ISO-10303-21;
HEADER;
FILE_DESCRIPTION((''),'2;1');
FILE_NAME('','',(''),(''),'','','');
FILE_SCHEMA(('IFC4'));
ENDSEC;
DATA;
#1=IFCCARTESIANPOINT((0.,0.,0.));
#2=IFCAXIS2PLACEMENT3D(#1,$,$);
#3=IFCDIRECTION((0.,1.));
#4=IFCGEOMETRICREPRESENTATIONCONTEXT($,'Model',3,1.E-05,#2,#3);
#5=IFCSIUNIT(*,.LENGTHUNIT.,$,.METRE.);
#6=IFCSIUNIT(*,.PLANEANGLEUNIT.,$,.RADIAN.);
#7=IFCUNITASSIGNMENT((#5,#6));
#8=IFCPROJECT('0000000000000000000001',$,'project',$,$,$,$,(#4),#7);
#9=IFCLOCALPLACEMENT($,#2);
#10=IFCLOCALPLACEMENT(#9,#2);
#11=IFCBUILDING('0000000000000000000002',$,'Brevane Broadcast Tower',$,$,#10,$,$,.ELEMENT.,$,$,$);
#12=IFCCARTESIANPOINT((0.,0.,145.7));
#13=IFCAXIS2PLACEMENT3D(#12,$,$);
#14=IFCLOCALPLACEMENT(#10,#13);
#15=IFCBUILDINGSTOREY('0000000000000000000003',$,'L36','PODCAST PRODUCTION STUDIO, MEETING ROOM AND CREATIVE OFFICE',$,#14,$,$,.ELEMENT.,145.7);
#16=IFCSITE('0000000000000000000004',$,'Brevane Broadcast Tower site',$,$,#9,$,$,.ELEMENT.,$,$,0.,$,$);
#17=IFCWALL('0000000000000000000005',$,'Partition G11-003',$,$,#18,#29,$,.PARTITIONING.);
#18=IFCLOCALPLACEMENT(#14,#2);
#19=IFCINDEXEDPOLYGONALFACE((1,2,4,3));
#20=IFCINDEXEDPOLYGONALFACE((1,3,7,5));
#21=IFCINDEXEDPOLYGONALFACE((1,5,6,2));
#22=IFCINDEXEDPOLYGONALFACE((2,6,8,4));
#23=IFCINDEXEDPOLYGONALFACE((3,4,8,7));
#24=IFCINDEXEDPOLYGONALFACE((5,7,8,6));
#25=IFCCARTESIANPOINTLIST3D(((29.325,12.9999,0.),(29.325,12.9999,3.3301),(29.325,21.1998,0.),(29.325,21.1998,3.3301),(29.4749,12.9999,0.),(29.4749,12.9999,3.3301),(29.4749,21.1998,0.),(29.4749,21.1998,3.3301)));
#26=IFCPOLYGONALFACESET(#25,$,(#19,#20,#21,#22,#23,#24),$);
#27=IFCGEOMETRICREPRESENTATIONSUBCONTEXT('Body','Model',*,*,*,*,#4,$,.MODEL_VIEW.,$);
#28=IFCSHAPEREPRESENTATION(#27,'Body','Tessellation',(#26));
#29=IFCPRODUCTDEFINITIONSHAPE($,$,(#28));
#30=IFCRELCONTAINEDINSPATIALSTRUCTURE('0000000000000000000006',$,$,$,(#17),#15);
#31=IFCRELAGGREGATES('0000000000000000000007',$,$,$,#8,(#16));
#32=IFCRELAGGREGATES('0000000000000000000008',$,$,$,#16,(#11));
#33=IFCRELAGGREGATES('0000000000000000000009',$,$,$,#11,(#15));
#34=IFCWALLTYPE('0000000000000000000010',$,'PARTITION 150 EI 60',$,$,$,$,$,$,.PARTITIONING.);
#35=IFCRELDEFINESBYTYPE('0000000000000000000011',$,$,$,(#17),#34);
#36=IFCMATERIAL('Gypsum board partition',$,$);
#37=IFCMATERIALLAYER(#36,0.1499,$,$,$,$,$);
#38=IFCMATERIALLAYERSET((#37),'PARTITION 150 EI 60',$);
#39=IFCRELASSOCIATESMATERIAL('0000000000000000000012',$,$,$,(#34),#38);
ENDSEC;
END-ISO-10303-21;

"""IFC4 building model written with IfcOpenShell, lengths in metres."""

from ifc_helpers import new_model, si_unit, direction, frame, frame_2d, origin, place, context, subcontext, project, spatial, rectangle, extrude, material, layer, layer_set, type_object, element, save


model = new_model("IFC4")

# Units and contexts
model_context = context("Model", 3, precision=1e-05, world=origin(), true_north=direction((0.0, 1.0)))
body_context = subcontext(model_context, "Body", "Model", "MODEL_VIEW")
ifc_project = project(units=[si_unit("LENGTHUNIT", "METRE"), si_unit("PLANEANGLEUNIT", "RADIAN")], contexts=[model_context])

# Site, building, storey
site_placement = place(None, origin())
site = spatial("IfcSite", under=ifc_project, at=site_placement, Name="Brevane Broadcast Tower site", CompositionType="ELEMENT", RefElevation=0.0)
building_placement = place(site_placement, origin())
building = spatial("IfcBuilding", under=site, at=building_placement, Name="Brevane Broadcast Tower", CompositionType="ELEMENT")
storey_placement = place(building_placement, frame((0.0, 0.0, 145.7)))
storey = spatial("IfcBuildingStorey", under=building, at=storey_placement, Name="L36", Description="PODCAST PRODUCTION STUDIO, MEETING ROOM AND CREATIVE OFFICE", CompositionType="ELEMENT", Elevation=145.7)

# Wall
ifc_material_1 = material(Name="Gypsum board partition")
ifc_layer_1 = layer(ifc_material_1, 0.1499)
ifc_layer_set_1 = layer_set([ifc_layer_1], Name="PARTITION 150 EI 60")
wall_type_1 = type_object("IfcWallType", Name="PARTITION 150 EI 60", PredefinedType="PARTITIONING", material=ifc_layer_set_1)
wall_1_placement = place(storey_placement, frame((29.3999, 21.2, 0.0), z_axis=(0.0, 0.0, 1.0), x_axis=(0.0, -1.0, 0.0)))
element("IfcWall", 1, at=wall_1_placement, inside=storey, type_object=wall_type_1, Name="Partition G11-003", PredefinedType="PARTITIONING", context=body_context, shape_type="SweptSolid", body=[
    extrude(rectangle(XDim=8.2, YDim=0.1499, at=frame_2d((4.1001, 0.0))), origin(), (0.0, 0.0, 1.0), 3.3301),
])

save(model, "model.ifc")
